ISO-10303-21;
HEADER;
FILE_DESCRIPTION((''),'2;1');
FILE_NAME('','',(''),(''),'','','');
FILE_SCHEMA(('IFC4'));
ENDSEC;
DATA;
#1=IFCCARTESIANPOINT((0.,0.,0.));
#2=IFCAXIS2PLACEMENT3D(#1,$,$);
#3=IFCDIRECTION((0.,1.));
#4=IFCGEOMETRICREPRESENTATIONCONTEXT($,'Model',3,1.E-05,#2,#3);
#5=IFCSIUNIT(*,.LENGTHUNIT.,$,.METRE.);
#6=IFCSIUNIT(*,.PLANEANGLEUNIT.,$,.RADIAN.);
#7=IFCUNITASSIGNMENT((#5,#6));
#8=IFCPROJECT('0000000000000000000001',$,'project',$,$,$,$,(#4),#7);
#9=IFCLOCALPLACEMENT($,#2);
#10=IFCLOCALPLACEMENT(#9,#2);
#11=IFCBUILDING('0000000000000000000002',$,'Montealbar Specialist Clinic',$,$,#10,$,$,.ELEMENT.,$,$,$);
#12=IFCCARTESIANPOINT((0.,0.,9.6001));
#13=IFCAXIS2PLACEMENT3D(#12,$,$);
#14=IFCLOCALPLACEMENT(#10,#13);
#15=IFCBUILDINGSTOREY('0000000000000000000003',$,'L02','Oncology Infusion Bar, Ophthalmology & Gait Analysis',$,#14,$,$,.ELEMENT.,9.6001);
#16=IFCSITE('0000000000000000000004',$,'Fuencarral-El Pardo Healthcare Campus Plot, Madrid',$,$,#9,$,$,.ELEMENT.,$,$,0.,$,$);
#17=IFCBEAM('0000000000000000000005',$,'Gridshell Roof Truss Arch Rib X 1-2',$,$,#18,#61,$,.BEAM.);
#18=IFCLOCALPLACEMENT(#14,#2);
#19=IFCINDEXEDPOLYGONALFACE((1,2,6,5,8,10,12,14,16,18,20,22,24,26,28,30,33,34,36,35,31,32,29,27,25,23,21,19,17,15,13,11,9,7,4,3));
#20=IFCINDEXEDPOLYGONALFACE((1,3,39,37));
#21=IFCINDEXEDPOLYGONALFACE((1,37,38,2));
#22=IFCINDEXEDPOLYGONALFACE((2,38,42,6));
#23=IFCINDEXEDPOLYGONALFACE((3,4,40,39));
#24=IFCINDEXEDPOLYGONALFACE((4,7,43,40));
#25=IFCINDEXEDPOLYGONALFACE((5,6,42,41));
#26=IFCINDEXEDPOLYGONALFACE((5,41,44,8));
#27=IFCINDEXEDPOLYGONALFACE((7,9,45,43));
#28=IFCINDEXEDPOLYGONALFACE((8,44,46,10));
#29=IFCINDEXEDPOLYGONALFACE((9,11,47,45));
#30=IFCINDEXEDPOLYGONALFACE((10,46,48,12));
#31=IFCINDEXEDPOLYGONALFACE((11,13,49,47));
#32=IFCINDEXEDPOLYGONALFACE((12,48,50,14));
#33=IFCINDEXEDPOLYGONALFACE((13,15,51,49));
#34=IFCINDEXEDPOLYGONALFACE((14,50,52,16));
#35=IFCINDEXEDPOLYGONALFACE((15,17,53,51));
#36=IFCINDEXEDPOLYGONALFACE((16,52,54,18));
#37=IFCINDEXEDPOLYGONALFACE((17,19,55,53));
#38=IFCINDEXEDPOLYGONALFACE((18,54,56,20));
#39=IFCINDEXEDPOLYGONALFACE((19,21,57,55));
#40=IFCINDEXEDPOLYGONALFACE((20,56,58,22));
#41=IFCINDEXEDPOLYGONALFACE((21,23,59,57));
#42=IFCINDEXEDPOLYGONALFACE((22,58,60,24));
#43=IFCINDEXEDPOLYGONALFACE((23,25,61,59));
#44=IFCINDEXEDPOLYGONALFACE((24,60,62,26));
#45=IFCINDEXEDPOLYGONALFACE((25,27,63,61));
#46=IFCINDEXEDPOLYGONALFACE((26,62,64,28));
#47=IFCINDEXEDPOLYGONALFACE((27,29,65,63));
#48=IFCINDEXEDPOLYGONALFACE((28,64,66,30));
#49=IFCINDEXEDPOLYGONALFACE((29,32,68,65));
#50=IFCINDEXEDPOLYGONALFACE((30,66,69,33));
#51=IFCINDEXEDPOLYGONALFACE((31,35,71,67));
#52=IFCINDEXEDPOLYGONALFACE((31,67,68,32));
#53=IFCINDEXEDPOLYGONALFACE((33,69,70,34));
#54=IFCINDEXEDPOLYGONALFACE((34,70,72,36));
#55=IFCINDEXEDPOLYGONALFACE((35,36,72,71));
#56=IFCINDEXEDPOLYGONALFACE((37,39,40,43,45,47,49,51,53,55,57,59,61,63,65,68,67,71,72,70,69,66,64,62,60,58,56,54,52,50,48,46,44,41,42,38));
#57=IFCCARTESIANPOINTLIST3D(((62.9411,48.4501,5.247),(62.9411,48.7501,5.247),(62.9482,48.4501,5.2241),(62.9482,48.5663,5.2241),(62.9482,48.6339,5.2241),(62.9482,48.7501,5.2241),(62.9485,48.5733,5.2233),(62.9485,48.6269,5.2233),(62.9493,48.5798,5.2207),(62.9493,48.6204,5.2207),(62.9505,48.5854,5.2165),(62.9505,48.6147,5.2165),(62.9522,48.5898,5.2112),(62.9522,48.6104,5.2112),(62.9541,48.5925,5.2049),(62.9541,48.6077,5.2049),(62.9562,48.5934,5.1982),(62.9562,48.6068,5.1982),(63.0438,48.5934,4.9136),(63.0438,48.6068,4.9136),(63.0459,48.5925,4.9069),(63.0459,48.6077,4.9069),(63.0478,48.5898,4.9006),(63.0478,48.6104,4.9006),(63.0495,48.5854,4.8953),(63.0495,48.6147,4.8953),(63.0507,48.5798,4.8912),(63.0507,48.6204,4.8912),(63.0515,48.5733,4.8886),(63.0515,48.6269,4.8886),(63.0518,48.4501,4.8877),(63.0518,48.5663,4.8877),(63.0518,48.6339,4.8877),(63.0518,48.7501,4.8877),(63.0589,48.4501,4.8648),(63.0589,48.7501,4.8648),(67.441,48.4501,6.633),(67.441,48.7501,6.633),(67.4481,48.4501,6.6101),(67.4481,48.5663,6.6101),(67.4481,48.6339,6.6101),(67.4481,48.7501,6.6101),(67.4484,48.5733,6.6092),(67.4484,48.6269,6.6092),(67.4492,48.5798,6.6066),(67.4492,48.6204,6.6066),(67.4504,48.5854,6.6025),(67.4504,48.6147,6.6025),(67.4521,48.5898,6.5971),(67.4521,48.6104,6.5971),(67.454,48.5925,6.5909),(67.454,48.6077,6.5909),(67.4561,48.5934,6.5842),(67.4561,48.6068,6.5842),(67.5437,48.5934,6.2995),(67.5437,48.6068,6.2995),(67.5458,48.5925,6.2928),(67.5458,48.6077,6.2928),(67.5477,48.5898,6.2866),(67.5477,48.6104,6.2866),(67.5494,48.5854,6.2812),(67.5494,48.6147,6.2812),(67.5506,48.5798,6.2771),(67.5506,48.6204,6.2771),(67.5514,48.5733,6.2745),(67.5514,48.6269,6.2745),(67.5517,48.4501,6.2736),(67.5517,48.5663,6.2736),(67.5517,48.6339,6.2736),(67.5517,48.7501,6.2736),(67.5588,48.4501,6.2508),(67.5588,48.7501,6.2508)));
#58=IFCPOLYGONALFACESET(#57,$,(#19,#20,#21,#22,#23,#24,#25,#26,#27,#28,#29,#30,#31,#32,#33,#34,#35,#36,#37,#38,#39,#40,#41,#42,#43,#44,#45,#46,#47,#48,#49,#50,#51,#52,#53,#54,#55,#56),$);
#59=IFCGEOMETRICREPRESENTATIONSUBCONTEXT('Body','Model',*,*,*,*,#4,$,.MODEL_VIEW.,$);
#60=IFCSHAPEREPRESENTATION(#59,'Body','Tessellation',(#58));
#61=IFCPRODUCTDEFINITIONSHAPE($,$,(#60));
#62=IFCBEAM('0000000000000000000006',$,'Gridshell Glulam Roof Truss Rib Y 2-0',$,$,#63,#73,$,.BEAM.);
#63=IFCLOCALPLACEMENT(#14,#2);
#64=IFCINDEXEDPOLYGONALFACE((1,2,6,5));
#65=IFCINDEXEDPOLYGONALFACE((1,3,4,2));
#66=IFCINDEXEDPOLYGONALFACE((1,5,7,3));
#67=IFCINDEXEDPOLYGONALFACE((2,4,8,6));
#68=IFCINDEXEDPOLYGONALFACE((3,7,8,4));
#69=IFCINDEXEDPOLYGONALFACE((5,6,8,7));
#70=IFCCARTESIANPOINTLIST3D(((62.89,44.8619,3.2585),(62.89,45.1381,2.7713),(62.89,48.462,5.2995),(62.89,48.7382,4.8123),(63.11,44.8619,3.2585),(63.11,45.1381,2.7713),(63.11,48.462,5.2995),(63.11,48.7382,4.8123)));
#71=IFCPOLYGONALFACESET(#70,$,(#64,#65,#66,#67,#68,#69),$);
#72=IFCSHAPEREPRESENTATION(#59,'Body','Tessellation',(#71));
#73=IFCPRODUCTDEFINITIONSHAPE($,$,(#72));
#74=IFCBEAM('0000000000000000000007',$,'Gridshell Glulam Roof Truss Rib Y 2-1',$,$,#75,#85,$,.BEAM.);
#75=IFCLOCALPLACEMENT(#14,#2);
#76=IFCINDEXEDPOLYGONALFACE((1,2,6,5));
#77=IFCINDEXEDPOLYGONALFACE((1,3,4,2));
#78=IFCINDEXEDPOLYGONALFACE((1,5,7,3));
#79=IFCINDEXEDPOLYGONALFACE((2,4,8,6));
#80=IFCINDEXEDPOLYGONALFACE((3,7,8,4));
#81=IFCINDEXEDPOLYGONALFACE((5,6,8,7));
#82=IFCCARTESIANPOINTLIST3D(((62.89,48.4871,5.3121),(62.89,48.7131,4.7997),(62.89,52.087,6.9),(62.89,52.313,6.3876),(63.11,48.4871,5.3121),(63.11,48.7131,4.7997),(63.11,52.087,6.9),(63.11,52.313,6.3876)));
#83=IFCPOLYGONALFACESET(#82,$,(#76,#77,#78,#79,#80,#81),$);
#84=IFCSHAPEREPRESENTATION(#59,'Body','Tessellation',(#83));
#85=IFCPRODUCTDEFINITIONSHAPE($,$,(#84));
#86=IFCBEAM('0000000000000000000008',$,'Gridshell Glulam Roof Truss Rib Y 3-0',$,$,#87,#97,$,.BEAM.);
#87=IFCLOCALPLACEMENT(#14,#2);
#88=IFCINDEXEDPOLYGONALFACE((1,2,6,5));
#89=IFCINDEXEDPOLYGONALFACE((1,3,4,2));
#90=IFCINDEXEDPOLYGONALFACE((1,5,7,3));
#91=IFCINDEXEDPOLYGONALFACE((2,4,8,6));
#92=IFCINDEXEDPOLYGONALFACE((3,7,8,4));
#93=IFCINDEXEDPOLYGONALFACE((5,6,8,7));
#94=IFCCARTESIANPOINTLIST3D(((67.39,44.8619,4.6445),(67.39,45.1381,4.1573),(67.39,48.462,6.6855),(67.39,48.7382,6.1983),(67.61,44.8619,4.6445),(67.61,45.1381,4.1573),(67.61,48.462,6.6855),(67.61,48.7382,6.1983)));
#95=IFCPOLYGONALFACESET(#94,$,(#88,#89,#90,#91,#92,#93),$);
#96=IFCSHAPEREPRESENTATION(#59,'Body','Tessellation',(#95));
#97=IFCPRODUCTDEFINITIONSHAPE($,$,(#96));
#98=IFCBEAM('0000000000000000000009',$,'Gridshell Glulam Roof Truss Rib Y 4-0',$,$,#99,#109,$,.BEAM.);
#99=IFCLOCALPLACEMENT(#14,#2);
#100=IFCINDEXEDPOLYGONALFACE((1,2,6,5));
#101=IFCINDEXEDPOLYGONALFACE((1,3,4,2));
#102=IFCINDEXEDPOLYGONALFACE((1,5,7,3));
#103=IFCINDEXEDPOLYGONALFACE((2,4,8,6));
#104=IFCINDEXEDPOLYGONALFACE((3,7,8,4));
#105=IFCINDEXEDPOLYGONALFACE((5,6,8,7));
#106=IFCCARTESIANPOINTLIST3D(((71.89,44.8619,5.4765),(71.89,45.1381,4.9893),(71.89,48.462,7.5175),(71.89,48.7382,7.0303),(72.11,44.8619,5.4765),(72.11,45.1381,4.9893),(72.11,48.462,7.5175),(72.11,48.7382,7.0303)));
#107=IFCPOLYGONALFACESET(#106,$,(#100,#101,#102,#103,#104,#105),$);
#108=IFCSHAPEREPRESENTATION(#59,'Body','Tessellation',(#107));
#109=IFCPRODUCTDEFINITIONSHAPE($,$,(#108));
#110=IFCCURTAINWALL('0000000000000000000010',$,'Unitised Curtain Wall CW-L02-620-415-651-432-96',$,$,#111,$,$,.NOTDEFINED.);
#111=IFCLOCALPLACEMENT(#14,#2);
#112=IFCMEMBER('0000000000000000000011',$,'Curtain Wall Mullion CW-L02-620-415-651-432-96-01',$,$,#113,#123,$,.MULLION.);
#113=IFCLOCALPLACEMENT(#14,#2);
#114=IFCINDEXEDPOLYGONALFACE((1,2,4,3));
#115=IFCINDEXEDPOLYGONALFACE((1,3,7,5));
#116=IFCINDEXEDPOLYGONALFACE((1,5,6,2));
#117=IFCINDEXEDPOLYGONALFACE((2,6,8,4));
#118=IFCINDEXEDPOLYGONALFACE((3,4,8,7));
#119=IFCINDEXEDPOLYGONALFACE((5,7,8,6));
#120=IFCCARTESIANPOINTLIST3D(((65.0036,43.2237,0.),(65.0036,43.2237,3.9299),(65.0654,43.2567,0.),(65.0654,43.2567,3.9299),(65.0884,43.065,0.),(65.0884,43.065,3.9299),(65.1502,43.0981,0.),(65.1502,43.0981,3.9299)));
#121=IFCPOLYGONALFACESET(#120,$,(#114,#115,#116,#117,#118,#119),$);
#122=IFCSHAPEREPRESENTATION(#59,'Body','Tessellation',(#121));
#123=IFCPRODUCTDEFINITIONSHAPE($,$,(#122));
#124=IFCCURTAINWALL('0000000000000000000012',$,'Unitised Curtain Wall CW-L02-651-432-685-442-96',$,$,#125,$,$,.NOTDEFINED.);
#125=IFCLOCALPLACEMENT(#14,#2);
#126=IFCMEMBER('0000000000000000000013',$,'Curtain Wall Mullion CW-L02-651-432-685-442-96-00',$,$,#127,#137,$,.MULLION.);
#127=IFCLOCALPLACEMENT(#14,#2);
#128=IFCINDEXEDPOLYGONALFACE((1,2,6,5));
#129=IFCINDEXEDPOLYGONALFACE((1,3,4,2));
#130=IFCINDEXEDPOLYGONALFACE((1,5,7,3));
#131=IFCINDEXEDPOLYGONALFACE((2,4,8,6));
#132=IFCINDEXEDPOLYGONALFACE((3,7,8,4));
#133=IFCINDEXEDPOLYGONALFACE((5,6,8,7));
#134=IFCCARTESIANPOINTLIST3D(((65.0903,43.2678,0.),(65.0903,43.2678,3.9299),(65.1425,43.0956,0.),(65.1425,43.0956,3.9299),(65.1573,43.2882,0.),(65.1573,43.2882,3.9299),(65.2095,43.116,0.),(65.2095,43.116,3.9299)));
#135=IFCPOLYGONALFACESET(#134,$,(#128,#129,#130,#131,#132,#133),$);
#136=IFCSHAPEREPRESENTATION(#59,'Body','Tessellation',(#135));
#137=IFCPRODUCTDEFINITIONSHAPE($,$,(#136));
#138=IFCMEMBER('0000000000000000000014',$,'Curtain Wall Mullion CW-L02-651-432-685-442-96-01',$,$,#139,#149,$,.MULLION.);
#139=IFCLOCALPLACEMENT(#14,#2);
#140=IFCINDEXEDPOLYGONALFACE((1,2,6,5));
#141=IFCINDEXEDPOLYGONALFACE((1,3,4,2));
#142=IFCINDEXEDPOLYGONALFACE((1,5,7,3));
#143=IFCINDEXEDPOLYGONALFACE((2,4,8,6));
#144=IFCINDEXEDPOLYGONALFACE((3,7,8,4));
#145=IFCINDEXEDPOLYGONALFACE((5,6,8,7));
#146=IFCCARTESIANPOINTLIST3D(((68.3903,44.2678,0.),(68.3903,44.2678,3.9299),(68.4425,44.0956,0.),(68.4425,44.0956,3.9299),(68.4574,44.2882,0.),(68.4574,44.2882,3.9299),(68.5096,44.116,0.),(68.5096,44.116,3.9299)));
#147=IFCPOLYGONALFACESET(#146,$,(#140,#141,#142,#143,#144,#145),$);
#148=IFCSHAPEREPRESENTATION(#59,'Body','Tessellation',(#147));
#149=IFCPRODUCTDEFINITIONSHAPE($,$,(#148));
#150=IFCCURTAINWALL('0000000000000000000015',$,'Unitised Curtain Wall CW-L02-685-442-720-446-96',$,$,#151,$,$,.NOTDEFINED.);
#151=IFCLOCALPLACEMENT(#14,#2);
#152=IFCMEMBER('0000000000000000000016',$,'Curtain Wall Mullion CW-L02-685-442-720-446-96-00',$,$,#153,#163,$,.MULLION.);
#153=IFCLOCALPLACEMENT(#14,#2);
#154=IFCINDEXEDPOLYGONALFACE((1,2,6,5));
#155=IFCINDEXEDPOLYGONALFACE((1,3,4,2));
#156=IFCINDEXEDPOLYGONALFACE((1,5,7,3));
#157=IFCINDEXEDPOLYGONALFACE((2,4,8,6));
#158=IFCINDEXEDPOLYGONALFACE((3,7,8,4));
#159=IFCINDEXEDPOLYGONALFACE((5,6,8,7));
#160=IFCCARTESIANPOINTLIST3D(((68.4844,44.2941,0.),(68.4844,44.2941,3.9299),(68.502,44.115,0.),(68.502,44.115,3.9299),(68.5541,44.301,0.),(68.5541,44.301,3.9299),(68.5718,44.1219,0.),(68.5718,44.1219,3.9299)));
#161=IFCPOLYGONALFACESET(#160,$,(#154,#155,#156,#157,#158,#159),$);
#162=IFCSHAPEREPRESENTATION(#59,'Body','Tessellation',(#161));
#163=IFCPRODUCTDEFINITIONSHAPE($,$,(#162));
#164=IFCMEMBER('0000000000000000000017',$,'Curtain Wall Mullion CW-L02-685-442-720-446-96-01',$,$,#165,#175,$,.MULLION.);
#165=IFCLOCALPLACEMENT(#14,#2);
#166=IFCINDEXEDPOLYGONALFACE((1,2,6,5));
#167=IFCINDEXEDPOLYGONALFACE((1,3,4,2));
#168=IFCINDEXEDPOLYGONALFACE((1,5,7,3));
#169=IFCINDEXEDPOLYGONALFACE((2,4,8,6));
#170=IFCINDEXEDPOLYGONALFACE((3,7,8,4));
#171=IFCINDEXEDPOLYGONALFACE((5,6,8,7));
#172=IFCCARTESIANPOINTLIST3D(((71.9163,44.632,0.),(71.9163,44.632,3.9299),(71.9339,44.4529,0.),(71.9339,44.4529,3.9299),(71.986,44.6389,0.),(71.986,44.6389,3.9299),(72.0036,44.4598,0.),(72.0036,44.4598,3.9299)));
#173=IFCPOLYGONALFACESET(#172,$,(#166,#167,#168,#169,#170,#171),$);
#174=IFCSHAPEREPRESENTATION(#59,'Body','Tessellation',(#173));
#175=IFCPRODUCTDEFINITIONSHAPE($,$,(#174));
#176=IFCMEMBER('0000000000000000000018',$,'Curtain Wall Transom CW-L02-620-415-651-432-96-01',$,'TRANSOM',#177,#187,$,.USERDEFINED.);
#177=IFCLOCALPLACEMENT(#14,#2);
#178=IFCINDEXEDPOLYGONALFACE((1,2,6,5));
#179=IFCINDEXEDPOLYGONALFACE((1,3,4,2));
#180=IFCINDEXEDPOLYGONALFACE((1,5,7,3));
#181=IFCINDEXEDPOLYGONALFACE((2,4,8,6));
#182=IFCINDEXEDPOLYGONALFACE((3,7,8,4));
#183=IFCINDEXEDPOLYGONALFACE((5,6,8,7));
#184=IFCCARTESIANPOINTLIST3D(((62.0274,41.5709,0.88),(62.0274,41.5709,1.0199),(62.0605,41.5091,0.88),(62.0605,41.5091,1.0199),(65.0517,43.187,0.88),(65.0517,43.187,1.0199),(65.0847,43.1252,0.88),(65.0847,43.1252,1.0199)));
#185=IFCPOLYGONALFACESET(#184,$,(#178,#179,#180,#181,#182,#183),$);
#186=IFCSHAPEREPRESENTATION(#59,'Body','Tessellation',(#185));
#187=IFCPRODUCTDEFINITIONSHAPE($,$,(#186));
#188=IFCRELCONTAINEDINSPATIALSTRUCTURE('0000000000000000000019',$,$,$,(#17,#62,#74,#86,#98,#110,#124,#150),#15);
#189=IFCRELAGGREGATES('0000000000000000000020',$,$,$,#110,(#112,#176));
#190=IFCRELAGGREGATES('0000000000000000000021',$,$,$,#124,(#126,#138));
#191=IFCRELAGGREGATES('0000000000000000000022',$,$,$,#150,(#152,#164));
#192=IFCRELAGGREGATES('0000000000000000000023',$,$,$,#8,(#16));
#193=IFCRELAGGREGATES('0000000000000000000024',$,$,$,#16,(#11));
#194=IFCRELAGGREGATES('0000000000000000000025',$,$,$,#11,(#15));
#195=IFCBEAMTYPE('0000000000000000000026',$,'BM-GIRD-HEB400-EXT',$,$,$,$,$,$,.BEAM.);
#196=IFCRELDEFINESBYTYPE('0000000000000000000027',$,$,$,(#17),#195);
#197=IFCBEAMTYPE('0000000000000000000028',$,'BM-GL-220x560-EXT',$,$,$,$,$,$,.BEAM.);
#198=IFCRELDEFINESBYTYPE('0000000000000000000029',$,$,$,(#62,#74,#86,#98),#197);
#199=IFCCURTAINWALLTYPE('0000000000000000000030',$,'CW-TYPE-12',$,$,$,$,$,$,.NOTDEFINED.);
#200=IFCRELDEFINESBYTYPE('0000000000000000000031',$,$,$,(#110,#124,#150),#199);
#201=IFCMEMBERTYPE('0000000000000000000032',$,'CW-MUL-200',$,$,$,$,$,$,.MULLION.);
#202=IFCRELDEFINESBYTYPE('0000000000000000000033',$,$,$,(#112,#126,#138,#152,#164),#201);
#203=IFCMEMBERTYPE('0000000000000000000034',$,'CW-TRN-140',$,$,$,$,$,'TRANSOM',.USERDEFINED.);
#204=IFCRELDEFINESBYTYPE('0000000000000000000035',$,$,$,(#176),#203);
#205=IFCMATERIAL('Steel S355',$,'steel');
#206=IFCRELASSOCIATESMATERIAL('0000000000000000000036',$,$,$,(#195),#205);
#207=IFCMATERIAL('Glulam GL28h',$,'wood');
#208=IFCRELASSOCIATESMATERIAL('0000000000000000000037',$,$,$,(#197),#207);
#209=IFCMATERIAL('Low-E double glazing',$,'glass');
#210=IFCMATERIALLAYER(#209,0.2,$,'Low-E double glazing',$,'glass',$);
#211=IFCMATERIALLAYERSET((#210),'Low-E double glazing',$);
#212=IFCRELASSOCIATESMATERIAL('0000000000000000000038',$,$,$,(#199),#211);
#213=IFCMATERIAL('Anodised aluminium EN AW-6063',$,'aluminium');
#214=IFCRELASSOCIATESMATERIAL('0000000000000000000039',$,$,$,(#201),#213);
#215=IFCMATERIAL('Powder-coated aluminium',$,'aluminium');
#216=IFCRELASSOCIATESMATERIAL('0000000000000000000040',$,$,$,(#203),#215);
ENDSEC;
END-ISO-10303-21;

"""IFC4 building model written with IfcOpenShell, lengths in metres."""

from ifc_helpers import new_model, si_unit, direction, frame, origin, origin_2d, place, context, subcontext, project, spatial, rectangle, i_section, extrude, material, layer, layer_set, material_profile, profile_set, type_object, element, aggregate, save


model = new_model("IFC4")

# Units and contexts
model_context = context("Model", 3, precision=1e-05, world=origin(), true_north=direction((0.0, 1.0)))
body_context = subcontext(model_context, "Body", "Model", "MODEL_VIEW")
ifc_project = project(units=[si_unit("LENGTHUNIT", "METRE"), si_unit("PLANEANGLEUNIT", "RADIAN")], contexts=[model_context])

# Site, building, storey
site_placement = place(None, origin())
site = spatial("IfcSite", under=ifc_project, at=site_placement, Name="Fuencarral-El Pardo Healthcare Campus Plot, Madrid", CompositionType="ELEMENT", RefElevation=0.0)
building_placement = place(site_placement, origin())
building = spatial("IfcBuilding", under=site, at=building_placement, Name="Montealbar Specialist Clinic", CompositionType="ELEMENT")
storey_placement = place(building_placement, frame((0.0, 0.0, 9.6001)))
storey = spatial("IfcBuildingStorey", under=building, at=storey_placement, Name="L02", Description="Oncology Infusion Bar, Ophthalmology & Gait Analysis", CompositionType="ELEMENT", Elevation=9.6001)

# Beams
ifc_material_1 = material(Name="Steel S355", Category="steel")
ifc_material_profile_1 = material_profile(ifc_material_1, i_section(OverallWidth=0.3, OverallDepth=0.3999, WebThickness=0.0134, FlangeThickness=0.0239, FilletRadius=0.0271, at=origin_2d()), Name="HEB 400", Category="steel")
ifc_profile_set_1 = profile_set([ifc_material_profile_1], Name="Steel S355")
beam_type_1 = type_object("IfcBeamType", Name="BM-GIRD-HEB400-EXT", PredefinedType="BEAM", material=ifc_profile_set_1)
beam_1_placement = place(storey_placement, frame((63.0, 48.6001, 5.0559), z_axis=(0.955697, 0.0, 0.294352), x_axis=(0.0, 1.0, 0.0)))
element("IfcBeam", 1, at=beam_1_placement, inside=storey, type_object=beam_type_1, Name="Gridshell Roof Truss Arch Rib X 1-2", PredefinedType="BEAM", context=body_context, shape_type="SweptSolid", body=[
    extrude(i_section(OverallWidth=0.3, OverallDepth=0.3999, WebThickness=0.0134, FlangeThickness=0.0239, FilletRadius=0.0271, at=origin_2d()), origin(), (0.0, 0.0, 1.0), 4.7085),
])
ifc_material_2 = material(Name="Glulam GL28h", Category="wood")
ifc_material_profile_2 = material_profile(ifc_material_2, rectangle(XDim=0.22, YDim=0.5601, at=origin_2d()), Name="GL28h 220x560", Category="wood")
ifc_profile_set_2 = profile_set([ifc_material_profile_2], Name="Glulam GL28h")
beam_type_2 = type_object("IfcBeamType", Name="BM-GL-220x560-EXT", PredefinedType="BEAM", material=ifc_profile_set_2)
beam_2_placement = place(storey_placement, frame((63.0, 45.0, 3.0149), z_axis=(0.0, 0.869923, 0.493188), x_axis=(-1.0, 0.0, 0.0)))
element("IfcBeam", 2, at=beam_2_placement, inside=storey, type_object=beam_type_2, Name="Gridshell Glulam Roof Truss Rib Y 2-0", PredefinedType="BEAM", context=body_context, shape_type="SweptSolid", body=[
    extrude(rectangle(XDim=0.22, YDim=0.5601, at=origin_2d()), origin(), (0.0, 0.0, 1.0), 4.1384),
])
beam_3_placement = place(storey_placement, frame((63.0, 48.6001, 5.0559), z_axis=(0.0, 0.914944, 0.403581), x_axis=(-1.0, 0.0, 0.0)))
element("IfcBeam", 3, at=beam_3_placement, inside=storey, type_object=beam_type_2, Name="Gridshell Glulam Roof Truss Rib Y 2-1", PredefinedType="BEAM", context=body_context, shape_type="SweptSolid", body=[
    extrude(rectangle(XDim=0.22, YDim=0.5601, at=origin_2d()), origin(), (0.0, 0.0, 1.0), 3.9346),
])
for number, where, z_axis, x_axis, name in (
    (4, (67.5, 45.0, 4.4009), (0.0, 0.869923, 0.493188), (-1.0, 0.0, 0.0), "Gridshell Glulam Roof Truss Rib Y 3-0"),
    (5, (72.0, 45.0, 5.2329), (0.0, 0.869923, 0.493188), (-1.0, 0.0, 0.0), "Gridshell Glulam Roof Truss Rib Y 4-0"),
):
    element("IfcBeam", number, at=place(storey_placement, frame(where, z_axis=z_axis, x_axis=x_axis)), inside=storey, type_object=beam_type_2, Name=name, PredefinedType="BEAM", context=body_context, shape_type="SweptSolid", body=[
        extrude(rectangle(XDim=0.22, YDim=0.5601, at=origin_2d()), origin(), (0.0, 0.0, 1.0), 4.1384),
    ])

# Curtain wall, member
ifc_material_3 = material(Name="Low-E double glazing", Category="glass")
ifc_layer_1 = layer(ifc_material_3, 0.2, Name="Low-E double glazing", Category="glass")
ifc_layer_set_1 = layer_set([ifc_layer_1], Name="Low-E double glazing")
curtain_wall_type = type_object("IfcCurtainWallType", Name="CW-TYPE-12", PredefinedType="NOTDEFINED", material=ifc_layer_set_1)
curtain_wall_1_placement = place(storey_placement, origin())
curtain_wall_1 = element("IfcCurtainWall", 6, at=curtain_wall_1_placement, inside=storey, type_object=curtain_wall_type, Name="Unitised Curtain Wall CW-L02-620-415-651-432-96", PredefinedType="NOTDEFINED")
ifc_material_4 = material(Name="Anodised aluminium EN AW-6063", Category="aluminium")
ifc_material_profile_3 = material_profile(ifc_material_4, rectangle(XDim=0.0701, YDim=0.1799, at=origin_2d()), Name="ALU 70x180", Category="aluminium")
ifc_profile_set_3 = profile_set([ifc_material_profile_3], Name="Anodised aluminium EN AW-6063")
member_type_1 = type_object("IfcMemberType", Name="CW-MUL-200", PredefinedType="MULLION", material=ifc_profile_set_3)
member_1_placement = place(storey_placement, frame((65.0769, 43.1609, 0.0), z_axis=(0.0, 0.0, 1.0), x_axis=(0.88185, 0.471529, 0.0)))
member_1 = element("IfcMember", 7, at=member_1_placement, type_object=member_type_1, Name="Curtain Wall Mullion CW-L02-620-415-651-432-96-01", PredefinedType="MULLION", context=body_context, shape_type="SweptSolid", body=[
    extrude(rectangle(XDim=0.0701, YDim=0.1799, at=origin_2d()), origin(), (0.0, 0.0, 1.0), 3.9299),
])

# Curtain walls, members
curtain_wall_2_placement = place(storey_placement, origin())
curtain_wall_2 = element("IfcCurtainWall", 8, at=curtain_wall_2_placement, inside=storey, type_object=curtain_wall_type, Name="Unitised Curtain Wall CW-L02-651-432-685-442-96", PredefinedType="NOTDEFINED")
member_2_placement = place(storey_placement, frame((65.1499, 43.1919, 0.0), z_axis=(0.0, 0.0, 1.0), x_axis=(0.956948, 0.290259, 0.0)))
member_2 = element("IfcMember", 9, at=member_2_placement, type_object=member_type_1, Name="Curtain Wall Mullion CW-L02-651-432-685-442-96-00", PredefinedType="MULLION", context=body_context, shape_type="SweptSolid", body=[
    extrude(rectangle(XDim=0.0701, YDim=0.1799, at=origin_2d()), origin(), (0.0, 0.0, 1.0), 3.9299),
])
member_3_placement = place(storey_placement, frame((68.45, 44.1919, 0.0), z_axis=(0.0, 0.0, 1.0), x_axis=(0.956948, 0.290259, 0.0)))
member_3 = element("IfcMember", 10, at=member_3_placement, type_object=member_type_1, Name="Curtain Wall Mullion CW-L02-651-432-685-442-96-01", PredefinedType="MULLION", context=body_context, shape_type="SweptSolid", body=[
    extrude(rectangle(XDim=0.0701, YDim=0.1799, at=origin_2d()), origin(), (0.0, 0.0, 1.0), 3.9299),
])
curtain_wall_3_placement = place(storey_placement, origin())
curtain_wall_3 = element("IfcCurtainWall", 11, at=curtain_wall_3_placement, inside=storey, type_object=curtain_wall_type, Name="Unitised Curtain Wall CW-L02-685-442-720-446-96", PredefinedType="NOTDEFINED")
member_4_placement = place(storey_placement, frame((68.5281, 44.208, 0.0), z_axis=(0.0, 0.0, 1.0), x_axis=(0.995182, 0.098045, 0.0)))
member_4 = element("IfcMember", 12, at=member_4_placement, type_object=member_type_1, Name="Curtain Wall Mullion CW-L02-685-442-720-446-96-00", PredefinedType="MULLION", context=body_context, shape_type="SweptSolid", body=[
    extrude(rectangle(XDim=0.0701, YDim=0.1799, at=origin_2d()), origin(), (0.0, 0.0, 1.0), 3.9299),
])
member_5_placement = place(storey_placement, frame((71.96, 44.5459, 0.0), z_axis=(0.0, 0.0, 1.0), x_axis=(0.995182, 0.098045, 0.0)))
member_5 = element("IfcMember", 13, at=member_5_placement, type_object=member_type_1, Name="Curtain Wall Mullion CW-L02-685-442-720-446-96-01", PredefinedType="MULLION", context=body_context, shape_type="SweptSolid", body=[
    extrude(rectangle(XDim=0.0701, YDim=0.1799, at=origin_2d()), origin(), (0.0, 0.0, 1.0), 3.9299),
])

# Member
ifc_material_5 = material(Name="Powder-coated aluminium", Category="aluminium")
ifc_material_profile_4 = material_profile(ifc_material_5, rectangle(XDim=0.0701, YDim=0.1399, at=origin_2d()), Name="ALU 70x140", Category="aluminium")
ifc_profile_set_4 = profile_set([ifc_material_profile_4], Name="Powder-coated aluminium")
member_type_2 = type_object("IfcMemberType", Name="CW-TRN-140", ElementType="TRANSOM", PredefinedType="USERDEFINED", material=ifc_profile_set_4)
member_6_placement = place(storey_placement, frame((62.0439, 41.54, 0.95), z_axis=(0.88198, 0.471287, 0.0), x_axis=(-0.471287, 0.88198, 0.0)))
member_6 = element("IfcMember", 14, at=member_6_placement, type_object=member_type_2, Name="Curtain Wall Transom CW-L02-620-415-651-432-96-01", ObjectType="TRANSOM", PredefinedType="USERDEFINED", context=body_context, shape_type="SweptSolid", body=[
    extrude(rectangle(XDim=0.0701, YDim=0.1399, at=origin_2d()), origin(), (0.0, 0.0, 1.0), 3.429),
])

aggregate(curtain_wall_1, [member_1, member_6])
aggregate(curtain_wall_2, [member_2, member_3])
aggregate(curtain_wall_3, [member_4, member_5])

save(model, "model.ifc")
